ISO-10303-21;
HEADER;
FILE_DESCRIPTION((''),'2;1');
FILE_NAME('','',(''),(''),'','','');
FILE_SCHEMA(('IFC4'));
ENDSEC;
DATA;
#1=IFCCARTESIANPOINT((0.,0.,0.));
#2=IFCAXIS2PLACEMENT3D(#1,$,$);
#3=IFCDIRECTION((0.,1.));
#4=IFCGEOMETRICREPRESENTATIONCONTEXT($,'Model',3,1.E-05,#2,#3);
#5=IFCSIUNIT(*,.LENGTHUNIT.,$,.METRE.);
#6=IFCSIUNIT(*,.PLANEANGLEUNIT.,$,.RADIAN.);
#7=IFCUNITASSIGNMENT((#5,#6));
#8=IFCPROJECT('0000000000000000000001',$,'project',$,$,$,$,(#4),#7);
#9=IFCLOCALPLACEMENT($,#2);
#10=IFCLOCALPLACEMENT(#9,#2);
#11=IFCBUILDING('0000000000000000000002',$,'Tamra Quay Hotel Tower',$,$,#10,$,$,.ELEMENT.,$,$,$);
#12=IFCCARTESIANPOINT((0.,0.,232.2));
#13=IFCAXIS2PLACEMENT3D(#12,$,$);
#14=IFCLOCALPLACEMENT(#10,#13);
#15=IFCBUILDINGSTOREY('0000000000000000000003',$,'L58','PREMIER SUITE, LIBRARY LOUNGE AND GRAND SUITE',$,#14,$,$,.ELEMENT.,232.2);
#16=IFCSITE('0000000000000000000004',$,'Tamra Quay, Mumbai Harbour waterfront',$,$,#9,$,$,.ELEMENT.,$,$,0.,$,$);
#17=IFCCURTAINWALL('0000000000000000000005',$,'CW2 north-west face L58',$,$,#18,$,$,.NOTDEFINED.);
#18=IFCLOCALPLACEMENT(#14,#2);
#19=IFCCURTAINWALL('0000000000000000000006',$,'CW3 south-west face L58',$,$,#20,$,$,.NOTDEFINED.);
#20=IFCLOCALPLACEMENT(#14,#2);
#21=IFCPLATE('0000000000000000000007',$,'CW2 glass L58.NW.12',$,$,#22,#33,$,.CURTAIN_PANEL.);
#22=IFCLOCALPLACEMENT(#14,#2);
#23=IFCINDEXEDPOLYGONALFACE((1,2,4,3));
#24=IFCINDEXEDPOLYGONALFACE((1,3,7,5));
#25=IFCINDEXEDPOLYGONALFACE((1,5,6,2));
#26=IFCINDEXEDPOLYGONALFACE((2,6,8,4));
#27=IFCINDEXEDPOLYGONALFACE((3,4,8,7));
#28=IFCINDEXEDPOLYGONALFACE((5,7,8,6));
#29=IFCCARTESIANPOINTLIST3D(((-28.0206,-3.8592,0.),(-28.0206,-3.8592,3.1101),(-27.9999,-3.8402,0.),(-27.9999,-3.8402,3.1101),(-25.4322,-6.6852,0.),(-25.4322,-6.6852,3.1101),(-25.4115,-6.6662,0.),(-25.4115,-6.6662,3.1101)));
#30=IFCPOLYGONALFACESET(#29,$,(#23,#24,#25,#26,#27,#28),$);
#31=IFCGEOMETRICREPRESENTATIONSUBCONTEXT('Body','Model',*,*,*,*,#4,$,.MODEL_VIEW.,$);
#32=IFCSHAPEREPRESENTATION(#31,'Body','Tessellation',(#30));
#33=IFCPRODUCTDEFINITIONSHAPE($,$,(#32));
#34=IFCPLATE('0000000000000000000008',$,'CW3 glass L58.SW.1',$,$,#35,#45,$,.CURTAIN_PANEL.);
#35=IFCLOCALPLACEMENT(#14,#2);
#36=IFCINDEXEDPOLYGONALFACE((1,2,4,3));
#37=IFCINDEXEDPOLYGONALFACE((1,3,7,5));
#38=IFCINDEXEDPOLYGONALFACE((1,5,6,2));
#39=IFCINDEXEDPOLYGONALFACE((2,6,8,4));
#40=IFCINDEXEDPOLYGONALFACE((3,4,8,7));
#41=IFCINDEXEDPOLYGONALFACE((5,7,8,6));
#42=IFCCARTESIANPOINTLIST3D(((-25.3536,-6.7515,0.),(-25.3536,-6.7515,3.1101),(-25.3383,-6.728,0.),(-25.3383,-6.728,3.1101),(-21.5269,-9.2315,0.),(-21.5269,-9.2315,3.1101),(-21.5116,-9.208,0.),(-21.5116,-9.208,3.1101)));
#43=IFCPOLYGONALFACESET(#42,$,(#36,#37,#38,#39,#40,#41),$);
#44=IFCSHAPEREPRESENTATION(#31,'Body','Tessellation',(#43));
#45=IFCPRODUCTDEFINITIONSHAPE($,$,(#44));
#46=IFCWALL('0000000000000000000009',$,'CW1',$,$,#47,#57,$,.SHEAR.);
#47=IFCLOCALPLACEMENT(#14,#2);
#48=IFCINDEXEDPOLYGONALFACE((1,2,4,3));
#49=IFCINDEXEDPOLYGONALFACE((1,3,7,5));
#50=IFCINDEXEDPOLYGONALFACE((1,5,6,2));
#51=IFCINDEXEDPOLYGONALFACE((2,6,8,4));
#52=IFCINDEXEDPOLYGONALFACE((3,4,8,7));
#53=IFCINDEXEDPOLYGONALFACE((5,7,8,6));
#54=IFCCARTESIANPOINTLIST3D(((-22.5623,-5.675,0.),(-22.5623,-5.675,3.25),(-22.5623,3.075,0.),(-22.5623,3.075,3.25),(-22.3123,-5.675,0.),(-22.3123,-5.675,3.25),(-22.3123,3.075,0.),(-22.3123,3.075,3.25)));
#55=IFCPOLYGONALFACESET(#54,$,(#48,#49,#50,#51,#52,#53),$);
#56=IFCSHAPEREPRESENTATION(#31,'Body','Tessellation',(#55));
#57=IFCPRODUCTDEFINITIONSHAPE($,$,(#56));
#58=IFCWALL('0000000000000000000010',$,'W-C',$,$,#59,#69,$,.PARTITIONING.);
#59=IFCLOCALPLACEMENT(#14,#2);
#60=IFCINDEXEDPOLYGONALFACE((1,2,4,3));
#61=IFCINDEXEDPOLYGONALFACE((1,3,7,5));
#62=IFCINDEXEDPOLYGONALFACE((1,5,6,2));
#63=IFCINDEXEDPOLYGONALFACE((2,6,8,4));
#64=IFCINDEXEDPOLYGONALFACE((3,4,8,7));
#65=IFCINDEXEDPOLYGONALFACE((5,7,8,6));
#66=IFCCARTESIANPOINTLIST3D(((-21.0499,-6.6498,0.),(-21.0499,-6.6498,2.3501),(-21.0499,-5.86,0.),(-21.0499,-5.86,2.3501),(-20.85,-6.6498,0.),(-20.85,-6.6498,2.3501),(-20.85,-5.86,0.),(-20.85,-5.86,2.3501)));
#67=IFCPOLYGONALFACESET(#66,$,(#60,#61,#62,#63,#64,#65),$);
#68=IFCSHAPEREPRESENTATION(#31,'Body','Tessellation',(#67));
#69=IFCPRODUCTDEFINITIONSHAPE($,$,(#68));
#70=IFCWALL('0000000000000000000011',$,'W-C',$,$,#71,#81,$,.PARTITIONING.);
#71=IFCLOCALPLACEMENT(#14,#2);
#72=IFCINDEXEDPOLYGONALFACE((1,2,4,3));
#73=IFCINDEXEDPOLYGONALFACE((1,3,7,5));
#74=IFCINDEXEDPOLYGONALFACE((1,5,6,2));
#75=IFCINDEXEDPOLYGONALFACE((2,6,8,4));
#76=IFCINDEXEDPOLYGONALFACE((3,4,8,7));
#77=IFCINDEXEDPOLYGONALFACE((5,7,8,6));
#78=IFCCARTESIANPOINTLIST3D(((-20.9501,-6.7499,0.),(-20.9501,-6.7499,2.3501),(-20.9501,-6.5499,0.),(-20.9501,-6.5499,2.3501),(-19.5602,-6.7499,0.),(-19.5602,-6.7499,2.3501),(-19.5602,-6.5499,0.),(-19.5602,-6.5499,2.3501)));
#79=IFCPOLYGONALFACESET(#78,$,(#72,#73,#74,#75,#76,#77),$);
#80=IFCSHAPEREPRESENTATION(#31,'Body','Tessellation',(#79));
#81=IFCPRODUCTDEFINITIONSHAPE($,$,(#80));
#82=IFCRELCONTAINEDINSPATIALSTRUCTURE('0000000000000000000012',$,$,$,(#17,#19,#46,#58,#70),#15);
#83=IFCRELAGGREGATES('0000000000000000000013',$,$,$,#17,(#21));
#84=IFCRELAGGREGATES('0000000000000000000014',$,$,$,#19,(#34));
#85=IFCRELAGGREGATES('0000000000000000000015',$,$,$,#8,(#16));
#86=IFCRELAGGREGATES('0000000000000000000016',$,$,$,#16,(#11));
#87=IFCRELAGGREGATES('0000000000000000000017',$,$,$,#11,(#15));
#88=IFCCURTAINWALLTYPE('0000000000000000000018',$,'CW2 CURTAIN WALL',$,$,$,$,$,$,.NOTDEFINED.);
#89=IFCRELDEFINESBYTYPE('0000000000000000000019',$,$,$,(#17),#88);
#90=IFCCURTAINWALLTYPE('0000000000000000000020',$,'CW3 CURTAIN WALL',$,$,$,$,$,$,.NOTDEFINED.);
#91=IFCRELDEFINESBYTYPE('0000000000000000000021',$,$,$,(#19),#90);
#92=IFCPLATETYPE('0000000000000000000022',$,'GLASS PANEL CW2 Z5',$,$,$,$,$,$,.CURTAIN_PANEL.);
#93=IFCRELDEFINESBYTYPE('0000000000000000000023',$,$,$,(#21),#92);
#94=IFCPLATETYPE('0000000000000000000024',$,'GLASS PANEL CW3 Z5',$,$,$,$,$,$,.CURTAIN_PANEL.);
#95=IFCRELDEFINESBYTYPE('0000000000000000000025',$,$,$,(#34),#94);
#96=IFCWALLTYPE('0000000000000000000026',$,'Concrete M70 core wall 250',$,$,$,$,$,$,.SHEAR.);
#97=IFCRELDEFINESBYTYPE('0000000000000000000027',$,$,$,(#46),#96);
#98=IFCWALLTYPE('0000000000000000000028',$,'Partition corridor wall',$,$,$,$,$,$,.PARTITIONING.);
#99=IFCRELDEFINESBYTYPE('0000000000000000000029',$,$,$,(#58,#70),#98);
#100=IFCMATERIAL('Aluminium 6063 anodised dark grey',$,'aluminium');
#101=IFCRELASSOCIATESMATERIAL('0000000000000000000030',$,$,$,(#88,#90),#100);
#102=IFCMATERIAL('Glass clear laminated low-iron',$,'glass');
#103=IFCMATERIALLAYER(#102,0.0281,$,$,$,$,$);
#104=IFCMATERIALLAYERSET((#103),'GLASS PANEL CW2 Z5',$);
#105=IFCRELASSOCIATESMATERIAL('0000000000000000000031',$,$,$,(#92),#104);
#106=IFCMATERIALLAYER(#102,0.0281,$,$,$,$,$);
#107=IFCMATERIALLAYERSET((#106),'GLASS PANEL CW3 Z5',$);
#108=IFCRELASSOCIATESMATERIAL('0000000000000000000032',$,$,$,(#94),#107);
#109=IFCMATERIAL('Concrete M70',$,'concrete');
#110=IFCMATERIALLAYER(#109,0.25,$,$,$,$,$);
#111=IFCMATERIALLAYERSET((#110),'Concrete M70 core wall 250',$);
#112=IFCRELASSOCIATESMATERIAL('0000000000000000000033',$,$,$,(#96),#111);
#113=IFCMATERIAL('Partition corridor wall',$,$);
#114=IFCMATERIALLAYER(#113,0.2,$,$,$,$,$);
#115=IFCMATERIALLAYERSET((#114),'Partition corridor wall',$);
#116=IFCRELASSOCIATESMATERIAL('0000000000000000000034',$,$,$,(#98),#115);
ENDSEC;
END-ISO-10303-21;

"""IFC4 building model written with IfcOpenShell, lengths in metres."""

from ifc_helpers import new_model, si_unit, direction, frame, frame_2d, origin, origin_2d, place, context, subcontext, project, spatial, rectangle, extrude, material, layer, layer_set, type_object, element, aggregate, save


model = new_model("IFC4")

# Units and contexts
model_context = context("Model", 3, precision=1e-05, world=origin(), true_north=direction((0.0, 1.0)))
body_context = subcontext(model_context, "Body", "Model", "MODEL_VIEW")
ifc_project = project(units=[si_unit("LENGTHUNIT", "METRE"), si_unit("PLANEANGLEUNIT", "RADIAN")], contexts=[model_context])

# Site, building, storey
site_placement = place(None, origin())
site = spatial("IfcSite", under=ifc_project, at=site_placement, Name="Tamra Quay, Mumbai Harbour waterfront", CompositionType="ELEMENT", RefElevation=0.0)
building_placement = place(site_placement, origin())
building = spatial("IfcBuilding", under=site, at=building_placement, Name="Tamra Quay Hotel Tower", CompositionType="ELEMENT")
storey_placement = place(building_placement, frame((0.0, 0.0, 232.2)))
storey = spatial("IfcBuildingStorey", under=building, at=storey_placement, Name="L58", Description="PREMIER SUITE, LIBRARY LOUNGE AND GRAND SUITE", CompositionType="ELEMENT", Elevation=232.2)

# Shared definitions
ifc_material_1 = material(Name="Concrete M70", Category="concrete")

# Curtain wall
ifc_material_2 = material(Name="Aluminium 6063 anodised dark grey", Category="aluminium")
curtain_wall_type_1 = type_object("IfcCurtainWallType", Name="CW2 CURTAIN WALL", PredefinedType="NOTDEFINED", material=ifc_material_2)
curtain_wall_1_placement = place(storey_placement, origin())
curtain_wall_1 = element("IfcCurtainWall", 1, at=curtain_wall_1_placement, inside=storey, type_object=curtain_wall_type_1, Name="CW2 north-west face L58", PredefinedType="NOTDEFINED")

# Curtain wall
curtain_wall_type_2 = type_object("IfcCurtainWallType", Name="CW3 CURTAIN WALL", PredefinedType="NOTDEFINED", material=ifc_material_2)
curtain_wall_2_placement = place(storey_placement, origin())
curtain_wall_2 = element("IfcCurtainWall", 2, at=curtain_wall_2_placement, inside=storey, type_object=curtain_wall_type_2, Name="CW3 south-west face L58", PredefinedType="NOTDEFINED")

# Plates
ifc_material_3 = material(Name="Glass clear laminated low-iron", Category="glass")
ifc_layer_1 = layer(ifc_material_3, 0.0281)
ifc_layer_set_1 = layer_set([ifc_layer_1], Name="GLASS PANEL CW2 Z5")
plate_type_1 = type_object("IfcPlateType", Name="GLASS PANEL CW2 Z5", PredefinedType="CURTAIN_PANEL", material=ifc_layer_set_1)
plate_1_placement = place(storey_placement, frame((-26.7161, -5.2627, 0.0), z_axis=(0.0, 0.0, 1.0), x_axis=(0.675438, -0.737417, 0.0)))
plate_1 = element("IfcPlate", 3, at=plate_1_placement, type_object=plate_type_1, Name="CW2 glass L58.NW.12", PredefinedType="CURTAIN_PANEL", context=body_context, shape_type="SweptSolid", body=[
    extrude(rectangle(XDim=3.8323, YDim=0.0281, at=origin_2d()), origin(), (0.0, 0.0, 1.0), 3.1101),
])
aggregate(curtain_wall_1, [plate_1])
ifc_layer_2 = layer(ifc_material_3, 0.0281)
ifc_layer_set_2 = layer_set([ifc_layer_2], Name="GLASS PANEL CW3 Z5")
plate_type_2 = type_object("IfcPlateType", Name="GLASS PANEL CW3 Z5", PredefinedType="CURTAIN_PANEL", material=ifc_layer_set_2)
plate_2_placement = place(storey_placement, frame((-23.4326, -7.9797, 0.0), z_axis=(0.0, 0.0, 1.0), x_axis=(0.839179, -0.543855, 0.0)))
plate_2 = element("IfcPlate", 4, at=plate_2_placement, type_object=plate_type_2, Name="CW3 glass L58.SW.1", PredefinedType="CURTAIN_PANEL", context=body_context, shape_type="SweptSolid", body=[
    extrude(rectangle(XDim=4.5601, YDim=0.0281, at=origin_2d()), origin(), (0.0, 0.0, 1.0), 3.1101),
])
aggregate(curtain_wall_2, [plate_2])

# Walls
ifc_layer_3 = layer(ifc_material_1, 0.25)
ifc_layer_set_3 = layer_set([ifc_layer_3], Name="Concrete M70 core wall 250")
wall_type_1 = type_object("IfcWallType", Name="Concrete M70 core wall 250", PredefinedType="SHEAR", material=ifc_layer_set_3)
wall_1_placement = place(storey_placement, frame((-22.4373, -5.675, 0.0), z_axis=(0.0, 0.0, 1.0), x_axis=(0.0, 1.0, 0.0)))
element("IfcWall", 5, at=wall_1_placement, inside=storey, type_object=wall_type_1, Name="CW1", PredefinedType="SHEAR", context=body_context, shape_type="SweptSolid", body=[
    extrude(rectangle(XDim=8.75, YDim=0.25, at=frame_2d((4.375, 0.0))), origin(), (0.0, 0.0, 1.0), 3.25),
])
ifc_material_4 = material(Name="Partition corridor wall")
ifc_layer_4 = layer(ifc_material_4, 0.2)
ifc_layer_set_4 = layer_set([ifc_layer_4], Name="Partition corridor wall")
wall_type_2 = type_object("IfcWallType", Name="Partition corridor wall", PredefinedType="PARTITIONING", material=ifc_layer_set_4)
wall_2_placement = place(storey_placement, frame((-20.95, -6.6499, 0.0), z_axis=(0.0, 0.0, 1.0), x_axis=(0.0, 1.0, 0.0)))
element("IfcWall", 6, at=wall_2_placement, inside=storey, type_object=wall_type_2, Name="W-C", PredefinedType="PARTITIONING", context=body_context, shape_type="SweptSolid", body=[
    extrude(rectangle(XDim=0.7898, YDim=0.2, at=frame_2d((0.395, 0.0))), origin(), (0.0, 0.0, 1.0), 2.3501),
])
wall_3_placement = place(storey_placement, frame((-20.95, -6.6499, 0.0), z_axis=(0.0, 0.0, 1.0), x_axis=(1.0, 0.0, 0.0)))
element("IfcWall", 7, at=wall_3_placement, inside=storey, type_object=wall_type_2, Name="W-C", PredefinedType="PARTITIONING", context=body_context, shape_type="SweptSolid", body=[
    extrude(rectangle(XDim=1.3899, YDim=0.2, at=frame_2d((0.6948, 0.0))), origin(), (0.0, 0.0, 1.0), 2.3501),
])

save(model, "model.ifc")
